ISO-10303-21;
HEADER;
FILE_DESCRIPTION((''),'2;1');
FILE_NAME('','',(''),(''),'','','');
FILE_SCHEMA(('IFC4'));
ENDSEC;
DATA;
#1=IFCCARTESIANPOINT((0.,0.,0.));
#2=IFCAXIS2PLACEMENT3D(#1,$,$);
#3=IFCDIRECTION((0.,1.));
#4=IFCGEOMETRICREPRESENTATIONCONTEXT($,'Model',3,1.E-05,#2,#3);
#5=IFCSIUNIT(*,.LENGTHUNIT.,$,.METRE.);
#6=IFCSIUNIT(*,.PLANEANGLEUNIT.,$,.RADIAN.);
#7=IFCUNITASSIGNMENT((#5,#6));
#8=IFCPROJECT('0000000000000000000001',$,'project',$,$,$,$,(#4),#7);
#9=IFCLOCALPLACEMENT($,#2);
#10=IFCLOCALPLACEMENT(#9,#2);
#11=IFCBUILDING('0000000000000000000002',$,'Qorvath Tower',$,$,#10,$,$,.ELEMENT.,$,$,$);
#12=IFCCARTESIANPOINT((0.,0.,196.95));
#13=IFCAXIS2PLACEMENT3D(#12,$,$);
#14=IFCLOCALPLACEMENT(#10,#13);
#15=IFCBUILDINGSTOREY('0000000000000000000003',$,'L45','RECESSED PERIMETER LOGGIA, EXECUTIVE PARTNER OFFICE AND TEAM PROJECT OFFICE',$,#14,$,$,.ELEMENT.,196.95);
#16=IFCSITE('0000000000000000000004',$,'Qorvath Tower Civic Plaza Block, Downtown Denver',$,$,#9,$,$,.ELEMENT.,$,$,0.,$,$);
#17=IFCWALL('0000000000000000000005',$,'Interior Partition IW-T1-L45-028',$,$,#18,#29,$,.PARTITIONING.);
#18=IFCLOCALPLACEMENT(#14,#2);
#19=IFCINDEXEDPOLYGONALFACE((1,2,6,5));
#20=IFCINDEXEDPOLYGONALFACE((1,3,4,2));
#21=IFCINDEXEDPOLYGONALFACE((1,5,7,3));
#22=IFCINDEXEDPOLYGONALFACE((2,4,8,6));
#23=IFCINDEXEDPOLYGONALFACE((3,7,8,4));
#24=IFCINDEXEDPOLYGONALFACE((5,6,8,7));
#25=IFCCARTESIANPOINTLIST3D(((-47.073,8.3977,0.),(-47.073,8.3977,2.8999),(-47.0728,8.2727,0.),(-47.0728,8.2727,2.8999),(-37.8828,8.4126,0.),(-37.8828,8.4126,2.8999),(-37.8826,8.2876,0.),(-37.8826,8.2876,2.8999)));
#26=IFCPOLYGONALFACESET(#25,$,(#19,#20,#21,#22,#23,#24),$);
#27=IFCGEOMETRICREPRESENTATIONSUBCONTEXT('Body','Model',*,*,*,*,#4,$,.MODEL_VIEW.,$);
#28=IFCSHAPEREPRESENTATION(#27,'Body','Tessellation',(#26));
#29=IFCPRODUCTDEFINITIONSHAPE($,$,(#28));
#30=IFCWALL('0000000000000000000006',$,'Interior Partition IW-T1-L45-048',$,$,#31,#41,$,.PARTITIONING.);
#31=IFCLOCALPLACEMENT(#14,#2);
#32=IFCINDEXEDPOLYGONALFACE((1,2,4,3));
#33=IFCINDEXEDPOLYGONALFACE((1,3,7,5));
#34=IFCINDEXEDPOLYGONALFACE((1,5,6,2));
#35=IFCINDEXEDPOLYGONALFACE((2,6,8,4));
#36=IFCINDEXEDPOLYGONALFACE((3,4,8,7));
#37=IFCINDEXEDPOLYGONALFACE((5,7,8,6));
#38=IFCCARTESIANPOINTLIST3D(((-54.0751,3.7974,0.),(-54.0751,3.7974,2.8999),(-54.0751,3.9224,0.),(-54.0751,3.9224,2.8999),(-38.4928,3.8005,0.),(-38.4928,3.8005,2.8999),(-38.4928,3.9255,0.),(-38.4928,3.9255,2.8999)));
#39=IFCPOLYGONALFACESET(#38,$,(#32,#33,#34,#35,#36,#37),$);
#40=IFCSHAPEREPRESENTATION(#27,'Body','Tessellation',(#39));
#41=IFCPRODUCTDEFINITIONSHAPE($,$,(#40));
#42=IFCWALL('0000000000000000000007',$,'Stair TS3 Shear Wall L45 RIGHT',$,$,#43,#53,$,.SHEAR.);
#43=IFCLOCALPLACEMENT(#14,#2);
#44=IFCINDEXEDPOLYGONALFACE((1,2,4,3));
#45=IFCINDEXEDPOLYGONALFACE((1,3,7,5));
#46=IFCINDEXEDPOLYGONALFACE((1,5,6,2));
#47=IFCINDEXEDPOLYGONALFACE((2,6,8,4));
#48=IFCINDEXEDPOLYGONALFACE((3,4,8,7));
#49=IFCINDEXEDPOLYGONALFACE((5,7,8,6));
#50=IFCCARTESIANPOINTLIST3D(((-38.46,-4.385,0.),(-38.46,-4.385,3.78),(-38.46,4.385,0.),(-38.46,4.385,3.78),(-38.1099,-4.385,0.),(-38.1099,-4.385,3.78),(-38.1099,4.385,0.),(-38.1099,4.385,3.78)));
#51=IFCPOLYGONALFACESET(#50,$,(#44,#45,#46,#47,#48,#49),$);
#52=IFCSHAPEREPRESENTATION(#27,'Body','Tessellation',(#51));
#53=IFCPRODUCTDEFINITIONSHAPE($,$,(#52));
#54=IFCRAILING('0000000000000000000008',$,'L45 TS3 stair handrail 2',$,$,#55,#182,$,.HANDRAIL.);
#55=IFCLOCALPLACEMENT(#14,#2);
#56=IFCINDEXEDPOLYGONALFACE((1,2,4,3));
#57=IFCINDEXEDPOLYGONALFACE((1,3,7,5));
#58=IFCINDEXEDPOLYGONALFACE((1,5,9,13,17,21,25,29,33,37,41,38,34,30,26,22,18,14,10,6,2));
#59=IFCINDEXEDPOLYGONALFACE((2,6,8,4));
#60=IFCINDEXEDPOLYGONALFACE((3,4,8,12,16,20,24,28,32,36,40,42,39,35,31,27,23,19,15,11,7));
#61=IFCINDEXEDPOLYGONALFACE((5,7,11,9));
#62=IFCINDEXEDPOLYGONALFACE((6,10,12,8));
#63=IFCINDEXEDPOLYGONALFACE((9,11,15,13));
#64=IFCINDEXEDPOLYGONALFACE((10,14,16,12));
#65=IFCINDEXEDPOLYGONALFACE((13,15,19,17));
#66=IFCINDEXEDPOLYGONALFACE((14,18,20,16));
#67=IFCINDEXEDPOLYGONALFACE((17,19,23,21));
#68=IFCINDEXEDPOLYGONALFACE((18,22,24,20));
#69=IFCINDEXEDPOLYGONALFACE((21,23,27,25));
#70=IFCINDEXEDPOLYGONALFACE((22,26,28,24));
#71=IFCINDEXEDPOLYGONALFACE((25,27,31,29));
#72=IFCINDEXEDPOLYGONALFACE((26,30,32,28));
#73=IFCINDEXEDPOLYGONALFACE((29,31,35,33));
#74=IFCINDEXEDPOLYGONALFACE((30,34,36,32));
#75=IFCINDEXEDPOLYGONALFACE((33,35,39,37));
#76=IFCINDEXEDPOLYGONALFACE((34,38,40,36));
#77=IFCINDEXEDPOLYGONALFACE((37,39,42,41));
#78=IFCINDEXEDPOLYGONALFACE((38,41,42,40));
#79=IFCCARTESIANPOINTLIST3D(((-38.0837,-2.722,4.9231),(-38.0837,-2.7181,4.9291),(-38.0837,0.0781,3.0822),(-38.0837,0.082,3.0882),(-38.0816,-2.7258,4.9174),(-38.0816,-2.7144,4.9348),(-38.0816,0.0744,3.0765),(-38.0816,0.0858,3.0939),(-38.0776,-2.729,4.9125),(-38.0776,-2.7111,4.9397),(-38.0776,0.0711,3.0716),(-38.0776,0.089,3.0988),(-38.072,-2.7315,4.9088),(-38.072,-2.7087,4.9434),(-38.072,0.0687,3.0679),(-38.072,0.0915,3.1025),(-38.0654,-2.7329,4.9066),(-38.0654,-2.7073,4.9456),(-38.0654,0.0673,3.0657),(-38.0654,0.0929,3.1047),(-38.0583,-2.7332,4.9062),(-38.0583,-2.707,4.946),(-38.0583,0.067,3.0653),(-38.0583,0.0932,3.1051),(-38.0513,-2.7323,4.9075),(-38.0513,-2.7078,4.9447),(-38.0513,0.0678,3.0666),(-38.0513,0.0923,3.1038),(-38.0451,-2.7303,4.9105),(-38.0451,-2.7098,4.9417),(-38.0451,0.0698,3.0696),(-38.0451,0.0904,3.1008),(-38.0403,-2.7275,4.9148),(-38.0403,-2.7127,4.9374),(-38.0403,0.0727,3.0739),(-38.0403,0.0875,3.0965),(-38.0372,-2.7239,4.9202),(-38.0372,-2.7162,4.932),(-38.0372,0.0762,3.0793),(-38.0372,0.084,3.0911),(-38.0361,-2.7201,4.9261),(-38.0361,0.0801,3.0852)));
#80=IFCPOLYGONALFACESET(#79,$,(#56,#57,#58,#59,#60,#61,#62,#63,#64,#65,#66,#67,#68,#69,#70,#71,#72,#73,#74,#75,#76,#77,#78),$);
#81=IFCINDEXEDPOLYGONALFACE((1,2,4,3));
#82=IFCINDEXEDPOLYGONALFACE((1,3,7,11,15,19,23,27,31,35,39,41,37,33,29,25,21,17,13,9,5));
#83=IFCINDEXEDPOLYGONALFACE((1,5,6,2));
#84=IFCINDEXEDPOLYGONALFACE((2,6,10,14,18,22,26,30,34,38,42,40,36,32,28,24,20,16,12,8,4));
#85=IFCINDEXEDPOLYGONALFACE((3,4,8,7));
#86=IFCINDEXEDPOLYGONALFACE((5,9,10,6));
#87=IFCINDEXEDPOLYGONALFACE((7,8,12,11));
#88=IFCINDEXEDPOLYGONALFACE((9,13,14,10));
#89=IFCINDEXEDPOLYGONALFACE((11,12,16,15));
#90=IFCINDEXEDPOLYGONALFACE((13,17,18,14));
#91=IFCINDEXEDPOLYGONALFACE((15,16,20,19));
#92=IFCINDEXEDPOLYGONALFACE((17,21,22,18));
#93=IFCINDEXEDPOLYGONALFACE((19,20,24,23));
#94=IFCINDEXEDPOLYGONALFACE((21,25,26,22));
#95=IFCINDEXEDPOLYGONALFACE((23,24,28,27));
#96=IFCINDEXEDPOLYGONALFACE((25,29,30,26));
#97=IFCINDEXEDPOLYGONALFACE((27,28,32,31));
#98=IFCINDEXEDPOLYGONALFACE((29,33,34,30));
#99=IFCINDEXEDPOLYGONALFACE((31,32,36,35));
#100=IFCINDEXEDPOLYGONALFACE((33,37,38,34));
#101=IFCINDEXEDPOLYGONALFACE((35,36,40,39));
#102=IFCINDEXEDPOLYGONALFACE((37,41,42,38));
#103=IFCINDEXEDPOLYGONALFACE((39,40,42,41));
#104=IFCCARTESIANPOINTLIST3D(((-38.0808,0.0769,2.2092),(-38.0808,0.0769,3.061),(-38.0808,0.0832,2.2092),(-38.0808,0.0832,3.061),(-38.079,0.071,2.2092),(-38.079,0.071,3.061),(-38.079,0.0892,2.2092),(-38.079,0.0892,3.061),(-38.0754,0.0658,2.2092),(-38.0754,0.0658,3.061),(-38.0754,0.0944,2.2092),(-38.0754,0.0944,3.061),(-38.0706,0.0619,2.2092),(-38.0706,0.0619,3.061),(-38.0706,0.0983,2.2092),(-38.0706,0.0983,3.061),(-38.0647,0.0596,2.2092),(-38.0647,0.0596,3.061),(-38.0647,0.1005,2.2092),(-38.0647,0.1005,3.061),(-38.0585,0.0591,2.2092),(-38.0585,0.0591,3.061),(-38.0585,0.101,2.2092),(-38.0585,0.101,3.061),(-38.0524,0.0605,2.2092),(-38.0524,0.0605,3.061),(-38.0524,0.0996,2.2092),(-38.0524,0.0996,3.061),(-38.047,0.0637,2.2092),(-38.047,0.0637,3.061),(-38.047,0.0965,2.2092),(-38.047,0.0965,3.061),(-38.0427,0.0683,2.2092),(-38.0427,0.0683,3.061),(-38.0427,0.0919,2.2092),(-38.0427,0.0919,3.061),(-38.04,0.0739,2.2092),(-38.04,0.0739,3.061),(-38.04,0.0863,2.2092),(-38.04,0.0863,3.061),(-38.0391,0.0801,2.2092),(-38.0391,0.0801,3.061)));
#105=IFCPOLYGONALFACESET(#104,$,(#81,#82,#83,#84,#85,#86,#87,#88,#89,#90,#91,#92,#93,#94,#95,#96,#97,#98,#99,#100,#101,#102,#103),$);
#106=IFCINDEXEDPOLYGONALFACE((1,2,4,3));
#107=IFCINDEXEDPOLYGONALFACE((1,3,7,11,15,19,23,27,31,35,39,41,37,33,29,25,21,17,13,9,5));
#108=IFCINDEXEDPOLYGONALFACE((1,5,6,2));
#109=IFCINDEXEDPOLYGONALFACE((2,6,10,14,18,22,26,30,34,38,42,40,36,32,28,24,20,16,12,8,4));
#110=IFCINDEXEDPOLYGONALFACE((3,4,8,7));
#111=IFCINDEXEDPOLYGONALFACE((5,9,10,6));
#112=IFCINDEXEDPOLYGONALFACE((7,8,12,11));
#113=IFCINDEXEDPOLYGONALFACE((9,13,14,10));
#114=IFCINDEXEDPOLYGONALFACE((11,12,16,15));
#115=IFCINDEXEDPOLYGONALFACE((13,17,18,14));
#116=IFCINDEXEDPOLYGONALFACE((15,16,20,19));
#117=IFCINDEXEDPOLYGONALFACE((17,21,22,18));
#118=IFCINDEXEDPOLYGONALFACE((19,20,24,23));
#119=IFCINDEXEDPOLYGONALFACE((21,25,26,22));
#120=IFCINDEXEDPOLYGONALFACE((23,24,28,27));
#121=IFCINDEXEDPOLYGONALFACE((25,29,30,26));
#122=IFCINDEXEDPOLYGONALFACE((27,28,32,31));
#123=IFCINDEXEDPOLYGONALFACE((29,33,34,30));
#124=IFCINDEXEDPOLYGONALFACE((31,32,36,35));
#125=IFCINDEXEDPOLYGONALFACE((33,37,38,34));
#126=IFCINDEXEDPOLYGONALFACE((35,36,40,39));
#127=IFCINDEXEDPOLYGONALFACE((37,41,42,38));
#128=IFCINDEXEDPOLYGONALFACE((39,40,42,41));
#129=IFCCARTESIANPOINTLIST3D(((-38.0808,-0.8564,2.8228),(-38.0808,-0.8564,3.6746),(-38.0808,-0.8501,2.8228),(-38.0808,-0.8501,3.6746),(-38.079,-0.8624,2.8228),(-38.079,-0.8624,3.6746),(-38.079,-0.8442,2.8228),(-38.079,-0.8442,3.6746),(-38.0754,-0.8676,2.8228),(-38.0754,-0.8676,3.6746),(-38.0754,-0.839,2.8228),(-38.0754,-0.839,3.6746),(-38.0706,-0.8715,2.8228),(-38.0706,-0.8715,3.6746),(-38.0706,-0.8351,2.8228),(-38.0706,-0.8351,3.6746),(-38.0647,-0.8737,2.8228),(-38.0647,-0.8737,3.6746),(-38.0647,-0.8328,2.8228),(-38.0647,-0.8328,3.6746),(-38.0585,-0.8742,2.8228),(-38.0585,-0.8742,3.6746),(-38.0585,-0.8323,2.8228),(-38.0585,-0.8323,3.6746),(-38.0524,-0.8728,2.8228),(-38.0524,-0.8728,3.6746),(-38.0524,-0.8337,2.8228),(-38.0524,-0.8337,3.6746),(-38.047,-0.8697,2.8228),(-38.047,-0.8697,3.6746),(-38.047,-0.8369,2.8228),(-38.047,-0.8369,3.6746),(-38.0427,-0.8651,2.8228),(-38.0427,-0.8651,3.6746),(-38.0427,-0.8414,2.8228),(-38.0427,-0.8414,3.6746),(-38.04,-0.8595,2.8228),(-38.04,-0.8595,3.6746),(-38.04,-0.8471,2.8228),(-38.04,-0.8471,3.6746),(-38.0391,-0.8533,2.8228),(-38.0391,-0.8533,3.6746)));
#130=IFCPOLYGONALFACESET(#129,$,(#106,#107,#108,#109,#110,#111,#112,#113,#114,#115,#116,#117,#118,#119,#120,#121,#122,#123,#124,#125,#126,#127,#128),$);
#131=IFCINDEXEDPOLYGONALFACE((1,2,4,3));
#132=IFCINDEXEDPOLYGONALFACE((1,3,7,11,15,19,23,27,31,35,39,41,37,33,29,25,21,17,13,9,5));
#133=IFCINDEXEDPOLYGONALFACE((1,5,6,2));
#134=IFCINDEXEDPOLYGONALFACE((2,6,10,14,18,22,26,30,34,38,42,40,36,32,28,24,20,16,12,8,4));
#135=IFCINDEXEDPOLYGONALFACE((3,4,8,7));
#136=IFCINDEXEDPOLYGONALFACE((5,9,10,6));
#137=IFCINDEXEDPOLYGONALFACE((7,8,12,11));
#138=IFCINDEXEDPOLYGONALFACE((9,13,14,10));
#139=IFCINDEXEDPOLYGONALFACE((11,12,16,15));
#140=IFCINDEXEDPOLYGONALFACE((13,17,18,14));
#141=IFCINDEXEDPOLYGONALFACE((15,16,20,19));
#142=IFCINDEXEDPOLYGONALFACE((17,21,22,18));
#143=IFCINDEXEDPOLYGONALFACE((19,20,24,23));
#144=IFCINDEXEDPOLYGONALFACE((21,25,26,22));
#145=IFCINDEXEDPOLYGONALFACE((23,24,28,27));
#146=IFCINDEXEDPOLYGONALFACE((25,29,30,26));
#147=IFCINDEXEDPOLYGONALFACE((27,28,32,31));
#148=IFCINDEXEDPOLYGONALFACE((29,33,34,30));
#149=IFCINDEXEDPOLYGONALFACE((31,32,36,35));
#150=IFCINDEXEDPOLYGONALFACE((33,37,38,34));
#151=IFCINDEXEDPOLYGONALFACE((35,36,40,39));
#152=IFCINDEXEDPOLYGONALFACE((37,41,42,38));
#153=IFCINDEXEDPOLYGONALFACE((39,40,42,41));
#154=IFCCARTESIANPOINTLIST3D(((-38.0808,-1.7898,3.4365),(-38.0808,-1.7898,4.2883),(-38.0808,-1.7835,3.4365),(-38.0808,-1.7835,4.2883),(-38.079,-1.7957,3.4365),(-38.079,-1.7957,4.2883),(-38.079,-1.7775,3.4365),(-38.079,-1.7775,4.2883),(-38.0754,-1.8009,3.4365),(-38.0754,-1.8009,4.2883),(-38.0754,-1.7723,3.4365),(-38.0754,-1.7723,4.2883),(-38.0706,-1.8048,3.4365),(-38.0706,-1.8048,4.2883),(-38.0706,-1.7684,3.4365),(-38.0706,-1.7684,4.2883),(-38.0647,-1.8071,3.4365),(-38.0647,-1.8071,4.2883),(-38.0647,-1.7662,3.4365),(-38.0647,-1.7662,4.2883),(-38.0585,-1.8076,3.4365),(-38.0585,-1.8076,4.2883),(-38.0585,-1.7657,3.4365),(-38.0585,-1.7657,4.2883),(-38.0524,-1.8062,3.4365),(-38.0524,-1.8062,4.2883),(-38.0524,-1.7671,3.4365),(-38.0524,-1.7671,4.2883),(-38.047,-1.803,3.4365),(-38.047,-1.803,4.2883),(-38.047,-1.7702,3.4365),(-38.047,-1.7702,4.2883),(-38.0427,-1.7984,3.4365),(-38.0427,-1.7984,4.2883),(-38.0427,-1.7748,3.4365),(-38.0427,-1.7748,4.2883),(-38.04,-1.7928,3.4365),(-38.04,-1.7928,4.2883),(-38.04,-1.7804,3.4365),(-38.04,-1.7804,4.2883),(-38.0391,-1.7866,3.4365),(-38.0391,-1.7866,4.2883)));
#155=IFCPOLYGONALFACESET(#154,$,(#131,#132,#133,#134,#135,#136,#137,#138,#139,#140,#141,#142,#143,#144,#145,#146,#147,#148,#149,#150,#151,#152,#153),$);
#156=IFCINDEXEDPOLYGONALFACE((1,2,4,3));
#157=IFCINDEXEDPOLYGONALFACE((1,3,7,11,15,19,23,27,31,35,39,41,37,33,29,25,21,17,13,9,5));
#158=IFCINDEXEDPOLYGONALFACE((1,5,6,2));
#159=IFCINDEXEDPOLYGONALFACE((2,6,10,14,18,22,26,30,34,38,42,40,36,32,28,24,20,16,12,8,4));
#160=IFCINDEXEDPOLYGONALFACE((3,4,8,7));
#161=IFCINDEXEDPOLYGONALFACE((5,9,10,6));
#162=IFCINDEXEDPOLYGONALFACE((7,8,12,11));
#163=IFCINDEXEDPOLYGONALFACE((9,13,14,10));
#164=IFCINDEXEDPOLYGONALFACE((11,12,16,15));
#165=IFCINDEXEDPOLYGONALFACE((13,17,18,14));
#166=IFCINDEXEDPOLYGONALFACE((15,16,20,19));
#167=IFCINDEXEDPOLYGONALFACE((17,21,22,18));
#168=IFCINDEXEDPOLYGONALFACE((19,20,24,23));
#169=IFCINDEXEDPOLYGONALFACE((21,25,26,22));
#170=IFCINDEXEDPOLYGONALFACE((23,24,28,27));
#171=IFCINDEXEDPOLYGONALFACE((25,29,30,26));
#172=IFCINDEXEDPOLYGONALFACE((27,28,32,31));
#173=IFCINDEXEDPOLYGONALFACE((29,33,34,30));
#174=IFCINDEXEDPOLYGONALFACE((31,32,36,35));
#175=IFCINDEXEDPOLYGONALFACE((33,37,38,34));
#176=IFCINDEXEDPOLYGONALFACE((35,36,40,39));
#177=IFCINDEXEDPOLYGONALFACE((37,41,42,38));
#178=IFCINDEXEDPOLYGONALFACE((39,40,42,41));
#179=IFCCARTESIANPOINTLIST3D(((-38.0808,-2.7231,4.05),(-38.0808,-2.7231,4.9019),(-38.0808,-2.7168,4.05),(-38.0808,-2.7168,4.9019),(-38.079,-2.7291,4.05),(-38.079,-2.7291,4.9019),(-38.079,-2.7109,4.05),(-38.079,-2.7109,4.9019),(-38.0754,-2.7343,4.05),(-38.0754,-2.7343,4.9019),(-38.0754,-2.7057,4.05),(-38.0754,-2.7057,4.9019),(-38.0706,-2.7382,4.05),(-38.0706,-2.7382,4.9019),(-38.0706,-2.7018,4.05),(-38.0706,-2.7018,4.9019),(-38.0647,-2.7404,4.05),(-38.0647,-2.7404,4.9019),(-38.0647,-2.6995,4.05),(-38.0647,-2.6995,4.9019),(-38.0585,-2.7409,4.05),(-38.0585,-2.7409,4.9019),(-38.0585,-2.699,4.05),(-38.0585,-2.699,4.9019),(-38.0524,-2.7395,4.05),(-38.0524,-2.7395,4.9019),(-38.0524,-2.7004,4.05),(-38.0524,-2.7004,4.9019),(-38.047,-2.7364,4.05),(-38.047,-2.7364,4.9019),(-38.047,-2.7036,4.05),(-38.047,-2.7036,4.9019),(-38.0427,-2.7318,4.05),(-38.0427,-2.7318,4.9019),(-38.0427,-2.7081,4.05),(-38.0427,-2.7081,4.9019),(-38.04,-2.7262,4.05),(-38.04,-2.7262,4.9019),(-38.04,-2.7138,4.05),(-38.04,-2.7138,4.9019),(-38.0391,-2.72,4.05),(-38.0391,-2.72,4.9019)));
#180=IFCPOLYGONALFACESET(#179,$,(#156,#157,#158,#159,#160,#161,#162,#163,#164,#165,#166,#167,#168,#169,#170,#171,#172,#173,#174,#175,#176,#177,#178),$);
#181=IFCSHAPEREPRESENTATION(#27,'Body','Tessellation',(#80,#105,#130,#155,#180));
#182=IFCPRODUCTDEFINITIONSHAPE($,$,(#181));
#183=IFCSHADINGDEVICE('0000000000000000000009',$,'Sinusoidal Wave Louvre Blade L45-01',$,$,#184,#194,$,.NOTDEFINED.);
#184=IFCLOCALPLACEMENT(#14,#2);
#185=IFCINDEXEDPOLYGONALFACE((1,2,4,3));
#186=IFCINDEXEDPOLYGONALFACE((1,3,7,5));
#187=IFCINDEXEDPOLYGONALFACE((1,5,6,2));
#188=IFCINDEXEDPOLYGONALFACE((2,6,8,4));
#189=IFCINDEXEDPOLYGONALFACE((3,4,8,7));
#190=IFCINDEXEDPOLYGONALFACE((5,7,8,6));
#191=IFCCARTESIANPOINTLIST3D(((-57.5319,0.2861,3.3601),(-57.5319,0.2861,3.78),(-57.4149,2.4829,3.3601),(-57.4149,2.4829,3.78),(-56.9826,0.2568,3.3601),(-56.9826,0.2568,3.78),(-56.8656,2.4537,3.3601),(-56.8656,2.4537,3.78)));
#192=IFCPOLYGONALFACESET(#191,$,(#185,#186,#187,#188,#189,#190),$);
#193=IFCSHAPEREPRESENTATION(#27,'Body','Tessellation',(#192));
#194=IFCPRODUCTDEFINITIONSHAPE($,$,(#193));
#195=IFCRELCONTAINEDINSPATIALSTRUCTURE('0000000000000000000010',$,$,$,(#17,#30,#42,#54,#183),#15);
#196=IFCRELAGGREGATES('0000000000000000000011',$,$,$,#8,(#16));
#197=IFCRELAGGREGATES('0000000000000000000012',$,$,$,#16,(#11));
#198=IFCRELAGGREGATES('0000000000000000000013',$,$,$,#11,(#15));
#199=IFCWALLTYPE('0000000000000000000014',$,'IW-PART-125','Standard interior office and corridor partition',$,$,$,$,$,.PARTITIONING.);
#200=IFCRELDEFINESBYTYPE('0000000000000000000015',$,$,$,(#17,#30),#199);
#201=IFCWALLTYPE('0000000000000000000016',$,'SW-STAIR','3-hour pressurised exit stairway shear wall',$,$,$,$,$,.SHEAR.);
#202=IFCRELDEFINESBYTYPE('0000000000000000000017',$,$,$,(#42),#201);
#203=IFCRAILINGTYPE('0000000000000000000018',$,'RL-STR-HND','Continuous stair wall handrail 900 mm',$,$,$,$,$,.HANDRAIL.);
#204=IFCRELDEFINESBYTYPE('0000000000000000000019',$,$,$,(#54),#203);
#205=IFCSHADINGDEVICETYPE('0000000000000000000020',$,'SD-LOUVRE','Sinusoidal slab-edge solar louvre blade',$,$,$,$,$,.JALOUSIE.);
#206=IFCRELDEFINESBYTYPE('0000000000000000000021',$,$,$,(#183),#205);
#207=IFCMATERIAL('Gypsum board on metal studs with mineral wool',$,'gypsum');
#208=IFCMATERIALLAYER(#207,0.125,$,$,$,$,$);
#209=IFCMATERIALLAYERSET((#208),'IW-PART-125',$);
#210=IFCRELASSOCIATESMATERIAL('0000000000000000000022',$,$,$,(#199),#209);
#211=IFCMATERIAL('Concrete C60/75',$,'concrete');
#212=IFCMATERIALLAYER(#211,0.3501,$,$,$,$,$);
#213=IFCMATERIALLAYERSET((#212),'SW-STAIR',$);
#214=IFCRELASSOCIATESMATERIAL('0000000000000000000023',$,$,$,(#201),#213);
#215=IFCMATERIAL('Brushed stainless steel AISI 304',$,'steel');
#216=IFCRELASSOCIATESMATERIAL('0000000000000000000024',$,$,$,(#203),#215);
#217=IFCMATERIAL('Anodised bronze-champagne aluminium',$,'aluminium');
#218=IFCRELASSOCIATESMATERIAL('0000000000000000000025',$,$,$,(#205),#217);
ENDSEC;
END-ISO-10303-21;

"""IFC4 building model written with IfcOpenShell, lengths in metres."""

from ifc_helpers import new_model, si_unit, direction, frame, frame_2d, origin, origin_2d, place, context, subcontext, project, spatial, rectangle, circle, extrude, material, layer, layer_set, type_object, element, save


model = new_model("IFC4")

# Units and contexts
model_context = context("Model", 3, precision=1e-05, world=origin(), true_north=direction((0.0, 1.0)))
body_context = subcontext(model_context, "Body", "Model", "MODEL_VIEW")
ifc_project = project(units=[si_unit("LENGTHUNIT", "METRE"), si_unit("PLANEANGLEUNIT", "RADIAN")], contexts=[model_context])

# Site, building, storey
site_placement = place(None, origin())
site = spatial("IfcSite", under=ifc_project, at=site_placement, Name="Qorvath Tower Civic Plaza Block, Downtown Denver", CompositionType="ELEMENT", RefElevation=0.0)
building_placement = place(site_placement, origin())
building = spatial("IfcBuilding", under=site, at=building_placement, Name="Qorvath Tower", CompositionType="ELEMENT")
storey_placement = place(building_placement, frame((0.0, 0.0, 196.95)))
storey = spatial("IfcBuildingStorey", under=building, at=storey_placement, Name="L45", Description="RECESSED PERIMETER LOGGIA, EXECUTIVE PARTNER OFFICE AND TEAM PROJECT OFFICE", CompositionType="ELEMENT", Elevation=196.95)

# Walls
ifc_material_1 = material(Name="Gypsum board on metal studs with mineral wool", Category="gypsum")
ifc_layer_1 = layer(ifc_material_1, 0.125)
ifc_layer_set_1 = layer_set([ifc_layer_1], Name="IW-PART-125")
wall_type_1 = type_object("IfcWallType", Name="IW-PART-125", Description="Standard interior office and corridor partition", PredefinedType="PARTITIONING", material=ifc_layer_set_1)
wall_1_placement = place(storey_placement, frame((-47.073, 8.3352, 0.0), z_axis=(0.0, 0.0, 1.0), x_axis=(0.999999, 0.00162, 0.0)))
element("IfcWall", 1, at=wall_1_placement, inside=storey, type_object=wall_type_1, Name="Interior Partition IW-T1-L45-028", PredefinedType="PARTITIONING", context=body_context, shape_type="SweptSolid", body=[
    extrude(rectangle(XDim=9.1902, YDim=0.125, at=frame_2d((4.5952, 0.0))), origin(), (0.0, 0.0, 1.0), 2.8999),
])
wall_2_placement = place(storey_placement, frame((-38.4929, 3.863, 0.0), z_axis=(0.0, 0.0, 1.0), x_axis=(-1.0, -0.000204, 0.0)))
element("IfcWall", 2, at=wall_2_placement, inside=storey, type_object=wall_type_1, Name="Interior Partition IW-T1-L45-048", PredefinedType="PARTITIONING", context=body_context, shape_type="SweptSolid", body=[
    extrude(rectangle(XDim=15.5823, YDim=0.125, at=frame_2d((7.791, 0.0))), origin(), (0.0, 0.0, 1.0), 2.8999),
])
ifc_material_2 = material(Name="Concrete C60/75", Category="concrete")
ifc_layer_2 = layer(ifc_material_2, 0.3501)
ifc_layer_set_2 = layer_set([ifc_layer_2], Name="SW-STAIR")
wall_type_2 = type_object("IfcWallType", Name="SW-STAIR", Description="3-hour pressurised exit stairway shear wall", PredefinedType="SHEAR", material=ifc_layer_set_2)
wall_3_placement = place(storey_placement, frame((-38.2849, 4.385, 0.0), z_axis=(0.0, 0.0, 1.0), x_axis=(0.0, -1.0, 0.0)))
element("IfcWall", 3, at=wall_3_placement, inside=storey, type_object=wall_type_2, Name="Stair TS3 Shear Wall L45 RIGHT", PredefinedType="SHEAR", context=body_context, shape_type="SweptSolid", body=[
    extrude(rectangle(XDim=8.77, YDim=0.3501, at=frame_2d((4.385, 0.0))), origin(), (0.0, 0.0, 1.0), 3.78),
])

# Railing
ifc_material_3 = material(Name="Brushed stainless steel AISI 304", Category="steel")
railing_type = type_object("IfcRailingType", Name="RL-STR-HND", Description="Continuous stair wall handrail 900 mm", PredefinedType="HANDRAIL", material=ifc_material_3)
railing_placement = place(storey_placement, frame((-38.0601, 0.0801, 2.2092)))
element("IfcRailing", 4, at=railing_placement, inside=storey, type_object=railing_type, Name="L45 TS3 stair handrail 2", PredefinedType="HANDRAIL", context=body_context, shape_type="SweptSolid", body=[
    extrude(circle(Radius=0.0239, at=origin_2d()), frame((0.0, 0.0, 0.876), z_axis=(0.0, -0.835598, 0.549342), x_axis=(1.0, 0.0, 0.0)), (0.0, 0.0, 1.0), 3.3511),
    extrude(circle(Radius=0.021, at=origin_2d()), origin(), (0.0, 0.0, 1.0), 0.8518),
    extrude(circle(Radius=0.021, at=origin_2d()), frame((0.0, -0.9333, 0.6135)), (0.0, 0.0, 1.0), 0.8518),
    extrude(circle(Radius=0.021, at=origin_2d()), frame((0.0, -1.8667, 1.2273)), (0.0, 0.0, 1.0), 0.8518),
    extrude(circle(Radius=0.021, at=origin_2d()), frame((0.0, -2.8, 1.8408)), (0.0, 0.0, 1.0), 0.8518),
])

# Shading device
ifc_material_4 = material(Name="Anodised bronze-champagne aluminium", Category="aluminium")
shading_device_type = type_object("IfcShadingDeviceType", Name="SD-LOUVRE", Description="Sinusoidal slab-edge solar louvre blade", PredefinedType="JALOUSIE", material=ifc_material_4)
shading_device_placement = place(storey_placement, frame((-57.1987, 1.3699, 3.3601), z_axis=(0.0, 0.0, 1.0), x_axis=(-0.053186, -0.998585, 0.0)))
element("IfcShadingDevice", 5, at=shading_device_placement, inside=storey, type_object=shading_device_type, Name="Sinusoidal Wave Louvre Blade L45-01", PredefinedType="NOTDEFINED", context=body_context, shape_type="SweptSolid", body=[
    extrude(rectangle(XDim=2.2, YDim=0.55, at=origin_2d()), origin(), (0.0, 0.0, 1.0), 0.4199),
])

save(model, "model.ifc")
